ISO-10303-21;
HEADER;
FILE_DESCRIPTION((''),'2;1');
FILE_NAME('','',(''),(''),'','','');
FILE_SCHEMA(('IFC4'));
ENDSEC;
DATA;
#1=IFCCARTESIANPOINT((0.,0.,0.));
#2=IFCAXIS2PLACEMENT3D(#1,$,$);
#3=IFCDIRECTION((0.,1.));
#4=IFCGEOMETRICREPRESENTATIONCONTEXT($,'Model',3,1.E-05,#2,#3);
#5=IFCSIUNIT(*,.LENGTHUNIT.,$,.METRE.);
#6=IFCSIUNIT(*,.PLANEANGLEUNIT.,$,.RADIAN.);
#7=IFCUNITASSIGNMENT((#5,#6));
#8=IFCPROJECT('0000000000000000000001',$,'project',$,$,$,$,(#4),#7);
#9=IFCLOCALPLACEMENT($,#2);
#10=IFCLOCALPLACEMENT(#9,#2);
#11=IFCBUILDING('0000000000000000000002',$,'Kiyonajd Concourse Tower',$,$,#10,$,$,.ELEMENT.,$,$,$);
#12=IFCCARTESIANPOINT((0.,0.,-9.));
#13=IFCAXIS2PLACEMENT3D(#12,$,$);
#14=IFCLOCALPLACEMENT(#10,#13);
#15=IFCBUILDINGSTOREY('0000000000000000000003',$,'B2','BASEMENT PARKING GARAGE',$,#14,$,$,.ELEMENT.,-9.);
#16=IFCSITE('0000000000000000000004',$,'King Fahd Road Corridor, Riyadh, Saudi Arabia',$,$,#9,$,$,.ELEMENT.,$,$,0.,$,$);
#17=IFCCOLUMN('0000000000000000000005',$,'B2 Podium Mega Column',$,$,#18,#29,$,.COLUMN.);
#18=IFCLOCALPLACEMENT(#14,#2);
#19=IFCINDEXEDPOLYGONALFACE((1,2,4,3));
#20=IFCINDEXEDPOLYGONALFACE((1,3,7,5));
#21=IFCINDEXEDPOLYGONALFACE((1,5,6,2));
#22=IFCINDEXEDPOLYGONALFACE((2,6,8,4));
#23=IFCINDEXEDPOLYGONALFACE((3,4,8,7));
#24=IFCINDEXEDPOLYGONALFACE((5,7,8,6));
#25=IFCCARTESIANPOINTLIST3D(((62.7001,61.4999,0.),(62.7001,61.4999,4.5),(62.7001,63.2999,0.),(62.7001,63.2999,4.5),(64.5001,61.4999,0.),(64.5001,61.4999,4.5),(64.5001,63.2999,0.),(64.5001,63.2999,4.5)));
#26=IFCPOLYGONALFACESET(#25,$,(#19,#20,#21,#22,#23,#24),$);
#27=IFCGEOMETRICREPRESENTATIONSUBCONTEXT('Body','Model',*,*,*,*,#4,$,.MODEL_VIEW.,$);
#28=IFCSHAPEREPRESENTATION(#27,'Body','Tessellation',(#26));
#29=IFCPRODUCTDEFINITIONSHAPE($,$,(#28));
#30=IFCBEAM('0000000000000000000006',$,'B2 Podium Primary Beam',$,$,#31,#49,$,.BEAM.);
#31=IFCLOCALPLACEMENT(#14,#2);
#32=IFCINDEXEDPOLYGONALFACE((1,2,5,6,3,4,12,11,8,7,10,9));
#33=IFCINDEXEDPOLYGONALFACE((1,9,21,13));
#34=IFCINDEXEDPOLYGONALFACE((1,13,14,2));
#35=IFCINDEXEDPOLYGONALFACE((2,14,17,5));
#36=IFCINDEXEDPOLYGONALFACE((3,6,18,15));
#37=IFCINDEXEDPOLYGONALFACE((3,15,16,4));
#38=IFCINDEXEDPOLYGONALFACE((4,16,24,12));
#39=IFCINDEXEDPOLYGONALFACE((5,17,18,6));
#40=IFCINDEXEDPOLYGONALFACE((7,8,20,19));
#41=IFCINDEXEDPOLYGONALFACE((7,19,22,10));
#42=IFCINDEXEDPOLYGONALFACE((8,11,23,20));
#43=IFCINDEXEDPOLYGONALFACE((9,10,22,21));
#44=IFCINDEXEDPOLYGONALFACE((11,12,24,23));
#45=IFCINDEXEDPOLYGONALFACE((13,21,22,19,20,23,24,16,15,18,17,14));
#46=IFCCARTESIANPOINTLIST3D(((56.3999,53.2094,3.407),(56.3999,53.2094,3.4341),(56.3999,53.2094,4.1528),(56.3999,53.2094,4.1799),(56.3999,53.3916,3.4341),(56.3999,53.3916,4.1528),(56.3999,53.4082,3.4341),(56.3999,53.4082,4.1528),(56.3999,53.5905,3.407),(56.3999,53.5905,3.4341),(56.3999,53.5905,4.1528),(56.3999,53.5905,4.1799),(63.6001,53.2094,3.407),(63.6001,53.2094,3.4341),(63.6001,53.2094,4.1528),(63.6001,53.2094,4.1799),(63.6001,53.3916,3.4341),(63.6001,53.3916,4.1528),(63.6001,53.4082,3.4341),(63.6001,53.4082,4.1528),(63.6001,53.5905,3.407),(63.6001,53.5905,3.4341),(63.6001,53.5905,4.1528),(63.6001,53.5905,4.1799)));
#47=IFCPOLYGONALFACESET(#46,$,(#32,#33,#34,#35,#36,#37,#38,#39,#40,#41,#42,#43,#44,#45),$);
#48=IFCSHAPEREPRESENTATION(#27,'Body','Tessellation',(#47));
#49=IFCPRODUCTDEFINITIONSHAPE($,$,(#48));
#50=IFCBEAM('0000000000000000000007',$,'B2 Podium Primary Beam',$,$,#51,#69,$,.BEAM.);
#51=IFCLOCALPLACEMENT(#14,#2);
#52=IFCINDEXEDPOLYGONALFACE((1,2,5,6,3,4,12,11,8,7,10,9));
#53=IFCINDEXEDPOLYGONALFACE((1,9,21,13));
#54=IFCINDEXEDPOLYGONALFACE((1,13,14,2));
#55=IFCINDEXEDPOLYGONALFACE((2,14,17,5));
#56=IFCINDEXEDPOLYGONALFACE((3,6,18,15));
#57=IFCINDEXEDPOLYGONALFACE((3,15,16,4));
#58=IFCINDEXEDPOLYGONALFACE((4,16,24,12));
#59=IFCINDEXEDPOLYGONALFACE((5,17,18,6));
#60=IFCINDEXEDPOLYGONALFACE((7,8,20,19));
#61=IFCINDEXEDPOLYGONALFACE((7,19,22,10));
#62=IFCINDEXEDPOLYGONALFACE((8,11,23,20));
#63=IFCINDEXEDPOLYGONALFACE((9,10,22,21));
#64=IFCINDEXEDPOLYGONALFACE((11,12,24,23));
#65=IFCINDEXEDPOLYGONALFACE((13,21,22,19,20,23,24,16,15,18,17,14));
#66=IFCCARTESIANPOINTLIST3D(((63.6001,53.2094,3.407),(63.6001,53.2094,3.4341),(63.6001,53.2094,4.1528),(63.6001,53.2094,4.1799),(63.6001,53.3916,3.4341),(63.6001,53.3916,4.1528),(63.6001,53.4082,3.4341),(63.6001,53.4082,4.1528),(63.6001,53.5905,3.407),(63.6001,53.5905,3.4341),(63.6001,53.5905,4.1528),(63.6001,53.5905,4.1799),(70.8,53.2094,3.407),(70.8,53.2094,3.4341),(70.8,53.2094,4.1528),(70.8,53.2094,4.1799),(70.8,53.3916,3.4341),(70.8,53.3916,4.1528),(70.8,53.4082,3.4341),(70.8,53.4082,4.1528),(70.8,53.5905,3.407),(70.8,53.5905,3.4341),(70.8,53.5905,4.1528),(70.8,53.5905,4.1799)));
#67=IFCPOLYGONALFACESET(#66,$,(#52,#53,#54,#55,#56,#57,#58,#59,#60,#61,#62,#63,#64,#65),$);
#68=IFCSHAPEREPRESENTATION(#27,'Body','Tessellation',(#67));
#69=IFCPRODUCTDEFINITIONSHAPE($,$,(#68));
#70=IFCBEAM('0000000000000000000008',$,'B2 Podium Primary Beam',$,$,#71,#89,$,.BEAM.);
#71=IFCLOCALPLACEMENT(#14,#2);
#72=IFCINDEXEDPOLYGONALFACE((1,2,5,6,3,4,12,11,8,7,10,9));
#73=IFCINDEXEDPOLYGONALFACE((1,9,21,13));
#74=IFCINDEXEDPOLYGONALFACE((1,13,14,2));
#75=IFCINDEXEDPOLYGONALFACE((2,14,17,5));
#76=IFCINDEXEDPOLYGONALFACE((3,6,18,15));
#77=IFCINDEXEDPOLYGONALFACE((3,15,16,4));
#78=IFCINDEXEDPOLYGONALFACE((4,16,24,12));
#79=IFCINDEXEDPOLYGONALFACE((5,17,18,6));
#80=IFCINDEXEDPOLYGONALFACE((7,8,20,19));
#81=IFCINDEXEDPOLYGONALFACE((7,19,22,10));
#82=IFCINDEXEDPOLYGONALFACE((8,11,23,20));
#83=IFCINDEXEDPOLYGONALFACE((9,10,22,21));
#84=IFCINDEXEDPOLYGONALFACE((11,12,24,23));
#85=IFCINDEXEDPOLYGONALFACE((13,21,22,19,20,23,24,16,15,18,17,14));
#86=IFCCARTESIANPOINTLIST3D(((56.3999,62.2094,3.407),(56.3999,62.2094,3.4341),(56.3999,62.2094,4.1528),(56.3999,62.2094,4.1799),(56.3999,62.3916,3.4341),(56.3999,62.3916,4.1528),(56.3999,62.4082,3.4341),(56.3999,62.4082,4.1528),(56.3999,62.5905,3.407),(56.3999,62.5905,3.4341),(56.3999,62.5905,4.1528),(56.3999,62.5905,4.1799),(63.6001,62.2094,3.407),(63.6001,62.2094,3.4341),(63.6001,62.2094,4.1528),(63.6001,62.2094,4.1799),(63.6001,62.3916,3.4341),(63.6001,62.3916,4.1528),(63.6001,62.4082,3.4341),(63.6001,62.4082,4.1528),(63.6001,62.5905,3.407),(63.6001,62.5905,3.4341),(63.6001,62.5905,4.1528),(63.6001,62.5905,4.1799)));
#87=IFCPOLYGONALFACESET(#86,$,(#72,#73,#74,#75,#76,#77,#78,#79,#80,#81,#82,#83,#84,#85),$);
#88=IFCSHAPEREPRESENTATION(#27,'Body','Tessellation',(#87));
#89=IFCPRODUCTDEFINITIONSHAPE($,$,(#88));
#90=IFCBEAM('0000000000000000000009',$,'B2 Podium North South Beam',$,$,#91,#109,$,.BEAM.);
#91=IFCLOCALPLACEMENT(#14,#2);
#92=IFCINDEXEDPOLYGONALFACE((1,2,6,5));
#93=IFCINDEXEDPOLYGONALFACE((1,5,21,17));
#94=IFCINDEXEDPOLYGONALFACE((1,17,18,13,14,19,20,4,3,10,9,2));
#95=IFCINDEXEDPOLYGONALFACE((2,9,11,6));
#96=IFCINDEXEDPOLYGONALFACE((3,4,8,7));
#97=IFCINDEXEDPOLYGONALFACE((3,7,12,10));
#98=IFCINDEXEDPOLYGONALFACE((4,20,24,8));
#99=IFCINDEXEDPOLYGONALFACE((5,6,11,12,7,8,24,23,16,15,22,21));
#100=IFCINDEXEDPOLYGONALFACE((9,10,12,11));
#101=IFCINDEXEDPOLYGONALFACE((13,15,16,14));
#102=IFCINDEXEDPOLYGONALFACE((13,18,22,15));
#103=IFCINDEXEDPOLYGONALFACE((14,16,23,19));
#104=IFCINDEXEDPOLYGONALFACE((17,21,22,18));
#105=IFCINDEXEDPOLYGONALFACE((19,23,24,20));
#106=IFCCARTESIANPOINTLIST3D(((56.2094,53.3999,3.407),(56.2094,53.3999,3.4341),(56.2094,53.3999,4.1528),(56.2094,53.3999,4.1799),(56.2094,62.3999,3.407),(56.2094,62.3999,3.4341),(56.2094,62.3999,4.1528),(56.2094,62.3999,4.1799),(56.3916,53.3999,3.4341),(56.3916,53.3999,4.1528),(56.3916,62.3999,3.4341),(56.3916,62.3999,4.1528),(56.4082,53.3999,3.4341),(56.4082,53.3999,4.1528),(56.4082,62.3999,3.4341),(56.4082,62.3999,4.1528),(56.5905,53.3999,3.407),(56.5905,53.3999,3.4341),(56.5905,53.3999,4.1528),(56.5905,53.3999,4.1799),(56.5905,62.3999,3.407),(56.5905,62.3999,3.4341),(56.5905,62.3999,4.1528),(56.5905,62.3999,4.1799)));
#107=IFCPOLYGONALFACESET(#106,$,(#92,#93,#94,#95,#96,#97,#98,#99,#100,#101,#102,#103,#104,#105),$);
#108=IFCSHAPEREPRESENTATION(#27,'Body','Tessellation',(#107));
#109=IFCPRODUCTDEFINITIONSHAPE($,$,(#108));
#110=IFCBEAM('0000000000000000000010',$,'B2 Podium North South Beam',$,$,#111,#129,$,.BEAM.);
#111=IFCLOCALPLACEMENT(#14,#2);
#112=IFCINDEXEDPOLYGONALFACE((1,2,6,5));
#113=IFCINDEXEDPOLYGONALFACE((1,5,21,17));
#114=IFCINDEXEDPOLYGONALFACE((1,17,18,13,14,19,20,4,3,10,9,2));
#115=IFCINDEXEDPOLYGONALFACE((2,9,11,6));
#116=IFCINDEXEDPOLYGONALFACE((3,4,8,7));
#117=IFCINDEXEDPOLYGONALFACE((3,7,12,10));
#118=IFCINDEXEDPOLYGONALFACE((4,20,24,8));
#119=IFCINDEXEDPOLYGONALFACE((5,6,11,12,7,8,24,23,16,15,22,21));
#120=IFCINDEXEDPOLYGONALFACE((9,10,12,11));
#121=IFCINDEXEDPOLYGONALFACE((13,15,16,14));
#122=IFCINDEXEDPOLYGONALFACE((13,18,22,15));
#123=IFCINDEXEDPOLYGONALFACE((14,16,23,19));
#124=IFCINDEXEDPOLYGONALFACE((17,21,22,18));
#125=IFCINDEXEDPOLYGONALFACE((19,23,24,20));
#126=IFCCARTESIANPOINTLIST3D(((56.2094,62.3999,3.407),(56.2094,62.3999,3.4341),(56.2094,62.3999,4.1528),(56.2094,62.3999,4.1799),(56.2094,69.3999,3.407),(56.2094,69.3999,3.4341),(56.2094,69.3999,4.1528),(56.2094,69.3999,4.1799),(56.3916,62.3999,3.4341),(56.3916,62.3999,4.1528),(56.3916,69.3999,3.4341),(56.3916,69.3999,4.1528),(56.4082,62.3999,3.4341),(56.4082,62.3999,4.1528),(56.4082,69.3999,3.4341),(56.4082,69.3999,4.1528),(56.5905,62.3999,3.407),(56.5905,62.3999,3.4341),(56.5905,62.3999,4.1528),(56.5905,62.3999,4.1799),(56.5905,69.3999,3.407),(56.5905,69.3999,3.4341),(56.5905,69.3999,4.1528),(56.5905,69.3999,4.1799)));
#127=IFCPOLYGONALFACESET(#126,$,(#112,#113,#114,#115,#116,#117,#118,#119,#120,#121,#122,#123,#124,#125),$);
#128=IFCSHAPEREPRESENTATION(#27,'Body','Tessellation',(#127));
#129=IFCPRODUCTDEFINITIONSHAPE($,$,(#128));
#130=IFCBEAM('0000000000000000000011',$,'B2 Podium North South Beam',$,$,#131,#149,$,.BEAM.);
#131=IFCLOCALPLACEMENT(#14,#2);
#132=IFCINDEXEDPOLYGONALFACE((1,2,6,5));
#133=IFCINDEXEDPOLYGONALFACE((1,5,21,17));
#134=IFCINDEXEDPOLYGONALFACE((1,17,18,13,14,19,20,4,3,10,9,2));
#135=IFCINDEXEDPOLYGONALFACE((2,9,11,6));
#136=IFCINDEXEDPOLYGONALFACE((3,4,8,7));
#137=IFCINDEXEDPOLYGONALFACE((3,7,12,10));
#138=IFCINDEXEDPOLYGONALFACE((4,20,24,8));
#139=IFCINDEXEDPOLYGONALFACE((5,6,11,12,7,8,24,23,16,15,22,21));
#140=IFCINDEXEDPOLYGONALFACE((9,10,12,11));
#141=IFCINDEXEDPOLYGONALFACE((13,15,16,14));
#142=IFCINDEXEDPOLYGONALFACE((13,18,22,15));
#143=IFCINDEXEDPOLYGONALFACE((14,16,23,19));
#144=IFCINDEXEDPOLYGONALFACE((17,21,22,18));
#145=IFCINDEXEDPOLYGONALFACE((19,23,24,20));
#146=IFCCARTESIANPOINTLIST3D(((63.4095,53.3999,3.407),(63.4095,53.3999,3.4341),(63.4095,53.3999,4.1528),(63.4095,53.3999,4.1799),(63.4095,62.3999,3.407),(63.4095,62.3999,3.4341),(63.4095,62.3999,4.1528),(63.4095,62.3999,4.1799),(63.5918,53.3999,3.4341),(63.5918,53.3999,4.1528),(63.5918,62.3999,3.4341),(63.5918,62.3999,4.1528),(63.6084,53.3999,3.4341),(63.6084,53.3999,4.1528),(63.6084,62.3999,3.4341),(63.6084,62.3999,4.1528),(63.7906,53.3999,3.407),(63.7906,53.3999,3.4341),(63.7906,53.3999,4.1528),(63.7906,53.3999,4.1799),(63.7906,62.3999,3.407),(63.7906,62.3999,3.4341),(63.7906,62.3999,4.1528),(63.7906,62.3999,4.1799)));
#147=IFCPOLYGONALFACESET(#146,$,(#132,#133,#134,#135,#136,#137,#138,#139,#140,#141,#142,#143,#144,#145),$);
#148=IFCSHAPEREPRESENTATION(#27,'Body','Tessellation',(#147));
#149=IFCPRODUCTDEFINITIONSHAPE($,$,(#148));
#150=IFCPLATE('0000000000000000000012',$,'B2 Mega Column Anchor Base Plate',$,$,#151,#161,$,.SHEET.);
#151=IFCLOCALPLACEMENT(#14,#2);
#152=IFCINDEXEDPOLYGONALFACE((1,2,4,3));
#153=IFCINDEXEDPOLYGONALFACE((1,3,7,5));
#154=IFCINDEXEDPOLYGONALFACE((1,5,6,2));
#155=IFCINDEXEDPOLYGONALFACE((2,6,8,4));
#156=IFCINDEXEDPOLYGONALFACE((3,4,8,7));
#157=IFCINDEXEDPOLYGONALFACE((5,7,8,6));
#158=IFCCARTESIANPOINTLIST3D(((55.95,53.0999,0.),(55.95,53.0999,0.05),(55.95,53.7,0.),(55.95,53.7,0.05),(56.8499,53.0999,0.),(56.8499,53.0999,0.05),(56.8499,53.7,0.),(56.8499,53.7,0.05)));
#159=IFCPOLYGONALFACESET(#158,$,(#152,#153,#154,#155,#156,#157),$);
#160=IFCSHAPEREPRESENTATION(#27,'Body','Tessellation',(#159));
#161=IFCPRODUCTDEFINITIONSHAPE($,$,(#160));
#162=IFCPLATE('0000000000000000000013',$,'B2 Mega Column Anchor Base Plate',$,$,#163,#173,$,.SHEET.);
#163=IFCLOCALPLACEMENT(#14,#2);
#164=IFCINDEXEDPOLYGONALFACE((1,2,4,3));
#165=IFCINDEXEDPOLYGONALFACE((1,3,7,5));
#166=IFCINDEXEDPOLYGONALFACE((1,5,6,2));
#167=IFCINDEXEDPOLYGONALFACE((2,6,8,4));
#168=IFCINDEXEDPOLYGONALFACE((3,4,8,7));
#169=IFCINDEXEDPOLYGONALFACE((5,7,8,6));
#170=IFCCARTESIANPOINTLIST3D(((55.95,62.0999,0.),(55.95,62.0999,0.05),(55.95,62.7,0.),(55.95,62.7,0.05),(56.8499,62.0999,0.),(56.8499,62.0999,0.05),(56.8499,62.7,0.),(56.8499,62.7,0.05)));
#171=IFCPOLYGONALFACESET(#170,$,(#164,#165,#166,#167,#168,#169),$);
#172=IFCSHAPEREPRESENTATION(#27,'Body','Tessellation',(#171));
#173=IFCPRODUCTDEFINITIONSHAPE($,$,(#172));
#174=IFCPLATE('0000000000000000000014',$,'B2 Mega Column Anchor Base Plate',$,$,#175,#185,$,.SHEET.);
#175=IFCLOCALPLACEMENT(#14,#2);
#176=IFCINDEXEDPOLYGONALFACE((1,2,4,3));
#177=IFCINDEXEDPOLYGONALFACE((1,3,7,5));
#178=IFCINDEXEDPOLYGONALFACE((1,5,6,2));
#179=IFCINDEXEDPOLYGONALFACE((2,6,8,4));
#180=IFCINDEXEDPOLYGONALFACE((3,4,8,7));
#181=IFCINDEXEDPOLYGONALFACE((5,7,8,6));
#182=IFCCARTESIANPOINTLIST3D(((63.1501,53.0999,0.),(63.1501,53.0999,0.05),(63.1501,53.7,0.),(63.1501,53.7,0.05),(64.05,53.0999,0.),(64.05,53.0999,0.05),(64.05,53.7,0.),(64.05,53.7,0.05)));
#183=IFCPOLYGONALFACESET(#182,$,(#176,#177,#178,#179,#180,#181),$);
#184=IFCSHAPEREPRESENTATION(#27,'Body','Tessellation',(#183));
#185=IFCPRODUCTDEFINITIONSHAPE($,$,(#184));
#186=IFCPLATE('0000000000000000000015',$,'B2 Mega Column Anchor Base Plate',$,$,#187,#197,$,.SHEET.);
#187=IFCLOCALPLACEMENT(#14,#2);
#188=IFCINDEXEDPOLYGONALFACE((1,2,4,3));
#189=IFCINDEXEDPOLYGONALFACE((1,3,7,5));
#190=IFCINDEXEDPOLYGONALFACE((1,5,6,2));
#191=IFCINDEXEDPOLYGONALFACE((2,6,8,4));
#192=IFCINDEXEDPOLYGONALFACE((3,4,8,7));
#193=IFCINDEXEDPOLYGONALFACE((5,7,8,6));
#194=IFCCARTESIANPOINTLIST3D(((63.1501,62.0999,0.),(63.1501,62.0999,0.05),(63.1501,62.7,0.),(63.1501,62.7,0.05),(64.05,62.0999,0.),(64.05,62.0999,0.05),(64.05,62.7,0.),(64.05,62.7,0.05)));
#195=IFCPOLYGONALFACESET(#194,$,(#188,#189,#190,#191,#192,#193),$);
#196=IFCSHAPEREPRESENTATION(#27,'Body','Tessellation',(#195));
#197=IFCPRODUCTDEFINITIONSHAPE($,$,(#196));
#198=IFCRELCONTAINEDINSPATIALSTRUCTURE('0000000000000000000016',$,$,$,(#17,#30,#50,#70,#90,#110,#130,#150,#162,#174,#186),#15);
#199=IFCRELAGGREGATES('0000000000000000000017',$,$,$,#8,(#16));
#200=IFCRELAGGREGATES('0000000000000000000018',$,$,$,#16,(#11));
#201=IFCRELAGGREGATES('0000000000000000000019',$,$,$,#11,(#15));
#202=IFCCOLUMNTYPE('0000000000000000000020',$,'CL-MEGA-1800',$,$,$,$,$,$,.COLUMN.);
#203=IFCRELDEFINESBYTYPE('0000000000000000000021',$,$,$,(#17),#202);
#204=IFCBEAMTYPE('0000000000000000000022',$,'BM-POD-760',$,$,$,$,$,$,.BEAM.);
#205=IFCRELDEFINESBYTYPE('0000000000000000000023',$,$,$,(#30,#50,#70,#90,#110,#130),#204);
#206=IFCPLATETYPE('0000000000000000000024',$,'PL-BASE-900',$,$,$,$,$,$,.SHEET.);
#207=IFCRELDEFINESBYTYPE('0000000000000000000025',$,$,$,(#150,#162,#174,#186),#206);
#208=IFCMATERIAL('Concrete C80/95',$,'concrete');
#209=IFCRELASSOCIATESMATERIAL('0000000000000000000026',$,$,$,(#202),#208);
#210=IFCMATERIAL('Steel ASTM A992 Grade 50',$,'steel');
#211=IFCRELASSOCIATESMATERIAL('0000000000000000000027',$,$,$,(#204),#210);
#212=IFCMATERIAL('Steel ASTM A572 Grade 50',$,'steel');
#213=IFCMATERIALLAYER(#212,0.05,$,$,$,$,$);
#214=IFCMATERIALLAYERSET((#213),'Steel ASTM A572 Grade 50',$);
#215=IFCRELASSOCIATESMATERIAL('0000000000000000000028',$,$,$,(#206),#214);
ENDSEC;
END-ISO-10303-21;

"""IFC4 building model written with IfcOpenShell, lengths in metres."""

from ifc_helpers import new_model, si_unit, direction, frame, origin, origin_2d, place, context, subcontext, project, spatial, rectangle, i_section, extrude, material, layer, layer_set, material_profile, profile_set, type_object, element, save


model = new_model("IFC4")

# Units and contexts
model_context = context("Model", 3, precision=1e-05, world=origin(), true_north=direction((0.0, 1.0)))
body_context = subcontext(model_context, "Body", "Model", "MODEL_VIEW")
ifc_project = project(units=[si_unit("LENGTHUNIT", "METRE"), si_unit("PLANEANGLEUNIT", "RADIAN")], contexts=[model_context])

# Site, building, storey
site_placement = place(None, origin())
site = spatial("IfcSite", under=ifc_project, at=site_placement, Name="King Fahd Road Corridor, Riyadh, Saudi Arabia", CompositionType="ELEMENT", RefElevation=0.0)
building_placement = place(site_placement, origin())
building = spatial("IfcBuilding", under=site, at=building_placement, Name="Kiyonajd Concourse Tower", CompositionType="ELEMENT")
storey_placement = place(building_placement, frame((0.0, 0.0, -9.0)))
storey = spatial("IfcBuildingStorey", under=building, at=storey_placement, Name="B2", Description="BASEMENT PARKING GARAGE", CompositionType="ELEMENT", Elevation=-9.0)

# Column
ifc_material_1 = material(Name="Concrete C80/95", Category="concrete")
ifc_material_profile_1 = material_profile(ifc_material_1, rectangle(XDim=1.8, YDim=1.8, at=origin_2d()), Name="RC-1800x1800")
ifc_profile_set_1 = profile_set([ifc_material_profile_1], Name="Concrete C80/95")
column_type = type_object("IfcColumnType", Name="CL-MEGA-1800", PredefinedType="COLUMN", material=ifc_profile_set_1)
for number, where, z_axis, x_axis, name in (
    (1, (63.6001, 62.3999, 0.0), (0.0, 0.0, 1.0), (1.0, 0.0, 0.0), "B2 Podium Mega Column"),
):
    element("IfcColumn", number, at=place(storey_placement, frame(where, z_axis=z_axis, x_axis=x_axis)), inside=storey, type_object=column_type, Name=name, PredefinedType="COLUMN", context=body_context, shape_type="SweptSolid", body=[
        extrude(rectangle(XDim=1.8, YDim=1.8, at=origin_2d()), origin(), (0.0, 0.0, 1.0), 4.5),
    ])

# Beams
ifc_material_2 = material(Name="Steel ASTM A992 Grade 50", Category="steel")
ifc_material_profile_2 = material_profile(ifc_material_2, i_section(OverallWidth=0.3811, OverallDepth=0.7729, WebThickness=0.0166, FlangeThickness=0.0271, at=origin_2d()), Name="W760X257")
ifc_profile_set_2 = profile_set([ifc_material_profile_2], Name="Steel ASTM A992 Grade 50")
beam_type = type_object("IfcBeamType", Name="BM-POD-760", PredefinedType="BEAM", material=ifc_profile_set_2)
beam_1_placement = place(storey_placement, frame((56.3999, 53.3999, 3.7935), z_axis=(1.0, 0.0, 0.0), x_axis=(0.0, 1.0, 0.0)))
element("IfcBeam", 2, at=beam_1_placement, inside=storey, type_object=beam_type, Name="B2 Podium Primary Beam", PredefinedType="BEAM", context=body_context, shape_type="SweptSolid", body=[
    extrude(i_section(OverallWidth=0.3811, OverallDepth=0.7729, WebThickness=0.0166, FlangeThickness=0.0271, at=origin_2d()), origin(), (0.0, 0.0, 1.0), 7.2002),
])
beam_2_placement = place(storey_placement, frame((63.6001, 53.3999, 3.7935), z_axis=(1.0, 0.0, 0.0), x_axis=(0.0, 1.0, 0.0)))
element("IfcBeam", 3, at=beam_2_placement, inside=storey, type_object=beam_type, Name="B2 Podium Primary Beam", PredefinedType="BEAM", context=body_context, shape_type="SweptSolid", body=[
    extrude(i_section(OverallWidth=0.3811, OverallDepth=0.7729, WebThickness=0.0166, FlangeThickness=0.0271, at=origin_2d()), origin(), (0.0, 0.0, 1.0), 7.2),
])
beam_3_placement = place(storey_placement, frame((56.3999, 62.3999, 3.7935), z_axis=(1.0, 0.0, 0.0), x_axis=(0.0, 1.0, 0.0)))
element("IfcBeam", 4, at=beam_3_placement, inside=storey, type_object=beam_type, Name="B2 Podium Primary Beam", PredefinedType="BEAM", context=body_context, shape_type="SweptSolid", body=[
    extrude(i_section(OverallWidth=0.3811, OverallDepth=0.7729, WebThickness=0.0166, FlangeThickness=0.0271, at=origin_2d()), origin(), (0.0, 0.0, 1.0), 7.2002),
])
beam_4_placement = place(storey_placement, frame((56.3999, 53.3999, 3.7935), z_axis=(0.0, 1.0, 0.0), x_axis=(-1.0, 0.0, 0.0)))
element("IfcBeam", 5, at=beam_4_placement, inside=storey, type_object=beam_type, Name="B2 Podium North South Beam", PredefinedType="BEAM", context=body_context, shape_type="SweptSolid", body=[
    extrude(i_section(OverallWidth=0.3811, OverallDepth=0.7729, WebThickness=0.0166, FlangeThickness=0.0271, at=origin_2d()), origin(), (0.0, 0.0, 1.0), 9.0),
])
beam_5_placement = place(storey_placement, frame((56.3999, 62.3999, 3.7935), z_axis=(0.0, 1.0, 0.0), x_axis=(-1.0, 0.0, 0.0)))
element("IfcBeam", 6, at=beam_5_placement, inside=storey, type_object=beam_type, Name="B2 Podium North South Beam", PredefinedType="BEAM", context=body_context, shape_type="SweptSolid", body=[
    extrude(i_section(OverallWidth=0.3811, OverallDepth=0.7729, WebThickness=0.0166, FlangeThickness=0.0271, at=origin_2d()), origin(), (0.0, 0.0, 1.0), 7.0),
])
beam_6_placement = place(storey_placement, frame((63.6001, 53.3999, 3.7935), z_axis=(0.0, 1.0, 0.0), x_axis=(-1.0, 0.0, 0.0)))
element("IfcBeam", 7, at=beam_6_placement, inside=storey, type_object=beam_type, Name="B2 Podium North South Beam", PredefinedType="BEAM", context=body_context, shape_type="SweptSolid", body=[
    extrude(i_section(OverallWidth=0.3811, OverallDepth=0.7729, WebThickness=0.0166, FlangeThickness=0.0271, at=origin_2d()), origin(), (0.0, 0.0, 1.0), 9.0),
])

# Plates
ifc_material_3 = material(Name="Steel ASTM A572 Grade 50", Category="steel")
ifc_layer = layer(ifc_material_3, 0.05)
ifc_layer_set = layer_set([ifc_layer], Name="Steel ASTM A572 Grade 50")
plate_type = type_object("IfcPlateType", Name="PL-BASE-900", PredefinedType="SHEET", material=ifc_layer_set)
for number, where, z_axis, x_axis, name in (
    (8, (56.3999, 53.3999, 0.0), (0.0, 0.0, 1.0), (1.0, 0.0, 0.0), "B2 Mega Column Anchor Base Plate"),
    (9, (56.3999, 62.3999, 0.0), (0.0, 0.0, 1.0), (1.0, 0.0, 0.0), "B2 Mega Column Anchor Base Plate"),
    (10, (63.6001, 53.3999, 0.0), (0.0, 0.0, 1.0), (1.0, 0.0, 0.0), "B2 Mega Column Anchor Base Plate"),
    (11, (63.6001, 62.3999, 0.0), (0.0, 0.0, 1.0), (1.0, 0.0, 0.0), "B2 Mega Column Anchor Base Plate"),
):
    element("IfcPlate", number, at=place(storey_placement, frame(where, z_axis=z_axis, x_axis=x_axis)), inside=storey, type_object=plate_type, Name=name, PredefinedType="SHEET", context=body_context, shape_type="SweptSolid", body=[
        extrude(rectangle(XDim=0.8999, YDim=0.6001, at=origin_2d()), origin(), (0.0, 0.0, 1.0), 0.05),
    ])

save(model, "model.ifc")
